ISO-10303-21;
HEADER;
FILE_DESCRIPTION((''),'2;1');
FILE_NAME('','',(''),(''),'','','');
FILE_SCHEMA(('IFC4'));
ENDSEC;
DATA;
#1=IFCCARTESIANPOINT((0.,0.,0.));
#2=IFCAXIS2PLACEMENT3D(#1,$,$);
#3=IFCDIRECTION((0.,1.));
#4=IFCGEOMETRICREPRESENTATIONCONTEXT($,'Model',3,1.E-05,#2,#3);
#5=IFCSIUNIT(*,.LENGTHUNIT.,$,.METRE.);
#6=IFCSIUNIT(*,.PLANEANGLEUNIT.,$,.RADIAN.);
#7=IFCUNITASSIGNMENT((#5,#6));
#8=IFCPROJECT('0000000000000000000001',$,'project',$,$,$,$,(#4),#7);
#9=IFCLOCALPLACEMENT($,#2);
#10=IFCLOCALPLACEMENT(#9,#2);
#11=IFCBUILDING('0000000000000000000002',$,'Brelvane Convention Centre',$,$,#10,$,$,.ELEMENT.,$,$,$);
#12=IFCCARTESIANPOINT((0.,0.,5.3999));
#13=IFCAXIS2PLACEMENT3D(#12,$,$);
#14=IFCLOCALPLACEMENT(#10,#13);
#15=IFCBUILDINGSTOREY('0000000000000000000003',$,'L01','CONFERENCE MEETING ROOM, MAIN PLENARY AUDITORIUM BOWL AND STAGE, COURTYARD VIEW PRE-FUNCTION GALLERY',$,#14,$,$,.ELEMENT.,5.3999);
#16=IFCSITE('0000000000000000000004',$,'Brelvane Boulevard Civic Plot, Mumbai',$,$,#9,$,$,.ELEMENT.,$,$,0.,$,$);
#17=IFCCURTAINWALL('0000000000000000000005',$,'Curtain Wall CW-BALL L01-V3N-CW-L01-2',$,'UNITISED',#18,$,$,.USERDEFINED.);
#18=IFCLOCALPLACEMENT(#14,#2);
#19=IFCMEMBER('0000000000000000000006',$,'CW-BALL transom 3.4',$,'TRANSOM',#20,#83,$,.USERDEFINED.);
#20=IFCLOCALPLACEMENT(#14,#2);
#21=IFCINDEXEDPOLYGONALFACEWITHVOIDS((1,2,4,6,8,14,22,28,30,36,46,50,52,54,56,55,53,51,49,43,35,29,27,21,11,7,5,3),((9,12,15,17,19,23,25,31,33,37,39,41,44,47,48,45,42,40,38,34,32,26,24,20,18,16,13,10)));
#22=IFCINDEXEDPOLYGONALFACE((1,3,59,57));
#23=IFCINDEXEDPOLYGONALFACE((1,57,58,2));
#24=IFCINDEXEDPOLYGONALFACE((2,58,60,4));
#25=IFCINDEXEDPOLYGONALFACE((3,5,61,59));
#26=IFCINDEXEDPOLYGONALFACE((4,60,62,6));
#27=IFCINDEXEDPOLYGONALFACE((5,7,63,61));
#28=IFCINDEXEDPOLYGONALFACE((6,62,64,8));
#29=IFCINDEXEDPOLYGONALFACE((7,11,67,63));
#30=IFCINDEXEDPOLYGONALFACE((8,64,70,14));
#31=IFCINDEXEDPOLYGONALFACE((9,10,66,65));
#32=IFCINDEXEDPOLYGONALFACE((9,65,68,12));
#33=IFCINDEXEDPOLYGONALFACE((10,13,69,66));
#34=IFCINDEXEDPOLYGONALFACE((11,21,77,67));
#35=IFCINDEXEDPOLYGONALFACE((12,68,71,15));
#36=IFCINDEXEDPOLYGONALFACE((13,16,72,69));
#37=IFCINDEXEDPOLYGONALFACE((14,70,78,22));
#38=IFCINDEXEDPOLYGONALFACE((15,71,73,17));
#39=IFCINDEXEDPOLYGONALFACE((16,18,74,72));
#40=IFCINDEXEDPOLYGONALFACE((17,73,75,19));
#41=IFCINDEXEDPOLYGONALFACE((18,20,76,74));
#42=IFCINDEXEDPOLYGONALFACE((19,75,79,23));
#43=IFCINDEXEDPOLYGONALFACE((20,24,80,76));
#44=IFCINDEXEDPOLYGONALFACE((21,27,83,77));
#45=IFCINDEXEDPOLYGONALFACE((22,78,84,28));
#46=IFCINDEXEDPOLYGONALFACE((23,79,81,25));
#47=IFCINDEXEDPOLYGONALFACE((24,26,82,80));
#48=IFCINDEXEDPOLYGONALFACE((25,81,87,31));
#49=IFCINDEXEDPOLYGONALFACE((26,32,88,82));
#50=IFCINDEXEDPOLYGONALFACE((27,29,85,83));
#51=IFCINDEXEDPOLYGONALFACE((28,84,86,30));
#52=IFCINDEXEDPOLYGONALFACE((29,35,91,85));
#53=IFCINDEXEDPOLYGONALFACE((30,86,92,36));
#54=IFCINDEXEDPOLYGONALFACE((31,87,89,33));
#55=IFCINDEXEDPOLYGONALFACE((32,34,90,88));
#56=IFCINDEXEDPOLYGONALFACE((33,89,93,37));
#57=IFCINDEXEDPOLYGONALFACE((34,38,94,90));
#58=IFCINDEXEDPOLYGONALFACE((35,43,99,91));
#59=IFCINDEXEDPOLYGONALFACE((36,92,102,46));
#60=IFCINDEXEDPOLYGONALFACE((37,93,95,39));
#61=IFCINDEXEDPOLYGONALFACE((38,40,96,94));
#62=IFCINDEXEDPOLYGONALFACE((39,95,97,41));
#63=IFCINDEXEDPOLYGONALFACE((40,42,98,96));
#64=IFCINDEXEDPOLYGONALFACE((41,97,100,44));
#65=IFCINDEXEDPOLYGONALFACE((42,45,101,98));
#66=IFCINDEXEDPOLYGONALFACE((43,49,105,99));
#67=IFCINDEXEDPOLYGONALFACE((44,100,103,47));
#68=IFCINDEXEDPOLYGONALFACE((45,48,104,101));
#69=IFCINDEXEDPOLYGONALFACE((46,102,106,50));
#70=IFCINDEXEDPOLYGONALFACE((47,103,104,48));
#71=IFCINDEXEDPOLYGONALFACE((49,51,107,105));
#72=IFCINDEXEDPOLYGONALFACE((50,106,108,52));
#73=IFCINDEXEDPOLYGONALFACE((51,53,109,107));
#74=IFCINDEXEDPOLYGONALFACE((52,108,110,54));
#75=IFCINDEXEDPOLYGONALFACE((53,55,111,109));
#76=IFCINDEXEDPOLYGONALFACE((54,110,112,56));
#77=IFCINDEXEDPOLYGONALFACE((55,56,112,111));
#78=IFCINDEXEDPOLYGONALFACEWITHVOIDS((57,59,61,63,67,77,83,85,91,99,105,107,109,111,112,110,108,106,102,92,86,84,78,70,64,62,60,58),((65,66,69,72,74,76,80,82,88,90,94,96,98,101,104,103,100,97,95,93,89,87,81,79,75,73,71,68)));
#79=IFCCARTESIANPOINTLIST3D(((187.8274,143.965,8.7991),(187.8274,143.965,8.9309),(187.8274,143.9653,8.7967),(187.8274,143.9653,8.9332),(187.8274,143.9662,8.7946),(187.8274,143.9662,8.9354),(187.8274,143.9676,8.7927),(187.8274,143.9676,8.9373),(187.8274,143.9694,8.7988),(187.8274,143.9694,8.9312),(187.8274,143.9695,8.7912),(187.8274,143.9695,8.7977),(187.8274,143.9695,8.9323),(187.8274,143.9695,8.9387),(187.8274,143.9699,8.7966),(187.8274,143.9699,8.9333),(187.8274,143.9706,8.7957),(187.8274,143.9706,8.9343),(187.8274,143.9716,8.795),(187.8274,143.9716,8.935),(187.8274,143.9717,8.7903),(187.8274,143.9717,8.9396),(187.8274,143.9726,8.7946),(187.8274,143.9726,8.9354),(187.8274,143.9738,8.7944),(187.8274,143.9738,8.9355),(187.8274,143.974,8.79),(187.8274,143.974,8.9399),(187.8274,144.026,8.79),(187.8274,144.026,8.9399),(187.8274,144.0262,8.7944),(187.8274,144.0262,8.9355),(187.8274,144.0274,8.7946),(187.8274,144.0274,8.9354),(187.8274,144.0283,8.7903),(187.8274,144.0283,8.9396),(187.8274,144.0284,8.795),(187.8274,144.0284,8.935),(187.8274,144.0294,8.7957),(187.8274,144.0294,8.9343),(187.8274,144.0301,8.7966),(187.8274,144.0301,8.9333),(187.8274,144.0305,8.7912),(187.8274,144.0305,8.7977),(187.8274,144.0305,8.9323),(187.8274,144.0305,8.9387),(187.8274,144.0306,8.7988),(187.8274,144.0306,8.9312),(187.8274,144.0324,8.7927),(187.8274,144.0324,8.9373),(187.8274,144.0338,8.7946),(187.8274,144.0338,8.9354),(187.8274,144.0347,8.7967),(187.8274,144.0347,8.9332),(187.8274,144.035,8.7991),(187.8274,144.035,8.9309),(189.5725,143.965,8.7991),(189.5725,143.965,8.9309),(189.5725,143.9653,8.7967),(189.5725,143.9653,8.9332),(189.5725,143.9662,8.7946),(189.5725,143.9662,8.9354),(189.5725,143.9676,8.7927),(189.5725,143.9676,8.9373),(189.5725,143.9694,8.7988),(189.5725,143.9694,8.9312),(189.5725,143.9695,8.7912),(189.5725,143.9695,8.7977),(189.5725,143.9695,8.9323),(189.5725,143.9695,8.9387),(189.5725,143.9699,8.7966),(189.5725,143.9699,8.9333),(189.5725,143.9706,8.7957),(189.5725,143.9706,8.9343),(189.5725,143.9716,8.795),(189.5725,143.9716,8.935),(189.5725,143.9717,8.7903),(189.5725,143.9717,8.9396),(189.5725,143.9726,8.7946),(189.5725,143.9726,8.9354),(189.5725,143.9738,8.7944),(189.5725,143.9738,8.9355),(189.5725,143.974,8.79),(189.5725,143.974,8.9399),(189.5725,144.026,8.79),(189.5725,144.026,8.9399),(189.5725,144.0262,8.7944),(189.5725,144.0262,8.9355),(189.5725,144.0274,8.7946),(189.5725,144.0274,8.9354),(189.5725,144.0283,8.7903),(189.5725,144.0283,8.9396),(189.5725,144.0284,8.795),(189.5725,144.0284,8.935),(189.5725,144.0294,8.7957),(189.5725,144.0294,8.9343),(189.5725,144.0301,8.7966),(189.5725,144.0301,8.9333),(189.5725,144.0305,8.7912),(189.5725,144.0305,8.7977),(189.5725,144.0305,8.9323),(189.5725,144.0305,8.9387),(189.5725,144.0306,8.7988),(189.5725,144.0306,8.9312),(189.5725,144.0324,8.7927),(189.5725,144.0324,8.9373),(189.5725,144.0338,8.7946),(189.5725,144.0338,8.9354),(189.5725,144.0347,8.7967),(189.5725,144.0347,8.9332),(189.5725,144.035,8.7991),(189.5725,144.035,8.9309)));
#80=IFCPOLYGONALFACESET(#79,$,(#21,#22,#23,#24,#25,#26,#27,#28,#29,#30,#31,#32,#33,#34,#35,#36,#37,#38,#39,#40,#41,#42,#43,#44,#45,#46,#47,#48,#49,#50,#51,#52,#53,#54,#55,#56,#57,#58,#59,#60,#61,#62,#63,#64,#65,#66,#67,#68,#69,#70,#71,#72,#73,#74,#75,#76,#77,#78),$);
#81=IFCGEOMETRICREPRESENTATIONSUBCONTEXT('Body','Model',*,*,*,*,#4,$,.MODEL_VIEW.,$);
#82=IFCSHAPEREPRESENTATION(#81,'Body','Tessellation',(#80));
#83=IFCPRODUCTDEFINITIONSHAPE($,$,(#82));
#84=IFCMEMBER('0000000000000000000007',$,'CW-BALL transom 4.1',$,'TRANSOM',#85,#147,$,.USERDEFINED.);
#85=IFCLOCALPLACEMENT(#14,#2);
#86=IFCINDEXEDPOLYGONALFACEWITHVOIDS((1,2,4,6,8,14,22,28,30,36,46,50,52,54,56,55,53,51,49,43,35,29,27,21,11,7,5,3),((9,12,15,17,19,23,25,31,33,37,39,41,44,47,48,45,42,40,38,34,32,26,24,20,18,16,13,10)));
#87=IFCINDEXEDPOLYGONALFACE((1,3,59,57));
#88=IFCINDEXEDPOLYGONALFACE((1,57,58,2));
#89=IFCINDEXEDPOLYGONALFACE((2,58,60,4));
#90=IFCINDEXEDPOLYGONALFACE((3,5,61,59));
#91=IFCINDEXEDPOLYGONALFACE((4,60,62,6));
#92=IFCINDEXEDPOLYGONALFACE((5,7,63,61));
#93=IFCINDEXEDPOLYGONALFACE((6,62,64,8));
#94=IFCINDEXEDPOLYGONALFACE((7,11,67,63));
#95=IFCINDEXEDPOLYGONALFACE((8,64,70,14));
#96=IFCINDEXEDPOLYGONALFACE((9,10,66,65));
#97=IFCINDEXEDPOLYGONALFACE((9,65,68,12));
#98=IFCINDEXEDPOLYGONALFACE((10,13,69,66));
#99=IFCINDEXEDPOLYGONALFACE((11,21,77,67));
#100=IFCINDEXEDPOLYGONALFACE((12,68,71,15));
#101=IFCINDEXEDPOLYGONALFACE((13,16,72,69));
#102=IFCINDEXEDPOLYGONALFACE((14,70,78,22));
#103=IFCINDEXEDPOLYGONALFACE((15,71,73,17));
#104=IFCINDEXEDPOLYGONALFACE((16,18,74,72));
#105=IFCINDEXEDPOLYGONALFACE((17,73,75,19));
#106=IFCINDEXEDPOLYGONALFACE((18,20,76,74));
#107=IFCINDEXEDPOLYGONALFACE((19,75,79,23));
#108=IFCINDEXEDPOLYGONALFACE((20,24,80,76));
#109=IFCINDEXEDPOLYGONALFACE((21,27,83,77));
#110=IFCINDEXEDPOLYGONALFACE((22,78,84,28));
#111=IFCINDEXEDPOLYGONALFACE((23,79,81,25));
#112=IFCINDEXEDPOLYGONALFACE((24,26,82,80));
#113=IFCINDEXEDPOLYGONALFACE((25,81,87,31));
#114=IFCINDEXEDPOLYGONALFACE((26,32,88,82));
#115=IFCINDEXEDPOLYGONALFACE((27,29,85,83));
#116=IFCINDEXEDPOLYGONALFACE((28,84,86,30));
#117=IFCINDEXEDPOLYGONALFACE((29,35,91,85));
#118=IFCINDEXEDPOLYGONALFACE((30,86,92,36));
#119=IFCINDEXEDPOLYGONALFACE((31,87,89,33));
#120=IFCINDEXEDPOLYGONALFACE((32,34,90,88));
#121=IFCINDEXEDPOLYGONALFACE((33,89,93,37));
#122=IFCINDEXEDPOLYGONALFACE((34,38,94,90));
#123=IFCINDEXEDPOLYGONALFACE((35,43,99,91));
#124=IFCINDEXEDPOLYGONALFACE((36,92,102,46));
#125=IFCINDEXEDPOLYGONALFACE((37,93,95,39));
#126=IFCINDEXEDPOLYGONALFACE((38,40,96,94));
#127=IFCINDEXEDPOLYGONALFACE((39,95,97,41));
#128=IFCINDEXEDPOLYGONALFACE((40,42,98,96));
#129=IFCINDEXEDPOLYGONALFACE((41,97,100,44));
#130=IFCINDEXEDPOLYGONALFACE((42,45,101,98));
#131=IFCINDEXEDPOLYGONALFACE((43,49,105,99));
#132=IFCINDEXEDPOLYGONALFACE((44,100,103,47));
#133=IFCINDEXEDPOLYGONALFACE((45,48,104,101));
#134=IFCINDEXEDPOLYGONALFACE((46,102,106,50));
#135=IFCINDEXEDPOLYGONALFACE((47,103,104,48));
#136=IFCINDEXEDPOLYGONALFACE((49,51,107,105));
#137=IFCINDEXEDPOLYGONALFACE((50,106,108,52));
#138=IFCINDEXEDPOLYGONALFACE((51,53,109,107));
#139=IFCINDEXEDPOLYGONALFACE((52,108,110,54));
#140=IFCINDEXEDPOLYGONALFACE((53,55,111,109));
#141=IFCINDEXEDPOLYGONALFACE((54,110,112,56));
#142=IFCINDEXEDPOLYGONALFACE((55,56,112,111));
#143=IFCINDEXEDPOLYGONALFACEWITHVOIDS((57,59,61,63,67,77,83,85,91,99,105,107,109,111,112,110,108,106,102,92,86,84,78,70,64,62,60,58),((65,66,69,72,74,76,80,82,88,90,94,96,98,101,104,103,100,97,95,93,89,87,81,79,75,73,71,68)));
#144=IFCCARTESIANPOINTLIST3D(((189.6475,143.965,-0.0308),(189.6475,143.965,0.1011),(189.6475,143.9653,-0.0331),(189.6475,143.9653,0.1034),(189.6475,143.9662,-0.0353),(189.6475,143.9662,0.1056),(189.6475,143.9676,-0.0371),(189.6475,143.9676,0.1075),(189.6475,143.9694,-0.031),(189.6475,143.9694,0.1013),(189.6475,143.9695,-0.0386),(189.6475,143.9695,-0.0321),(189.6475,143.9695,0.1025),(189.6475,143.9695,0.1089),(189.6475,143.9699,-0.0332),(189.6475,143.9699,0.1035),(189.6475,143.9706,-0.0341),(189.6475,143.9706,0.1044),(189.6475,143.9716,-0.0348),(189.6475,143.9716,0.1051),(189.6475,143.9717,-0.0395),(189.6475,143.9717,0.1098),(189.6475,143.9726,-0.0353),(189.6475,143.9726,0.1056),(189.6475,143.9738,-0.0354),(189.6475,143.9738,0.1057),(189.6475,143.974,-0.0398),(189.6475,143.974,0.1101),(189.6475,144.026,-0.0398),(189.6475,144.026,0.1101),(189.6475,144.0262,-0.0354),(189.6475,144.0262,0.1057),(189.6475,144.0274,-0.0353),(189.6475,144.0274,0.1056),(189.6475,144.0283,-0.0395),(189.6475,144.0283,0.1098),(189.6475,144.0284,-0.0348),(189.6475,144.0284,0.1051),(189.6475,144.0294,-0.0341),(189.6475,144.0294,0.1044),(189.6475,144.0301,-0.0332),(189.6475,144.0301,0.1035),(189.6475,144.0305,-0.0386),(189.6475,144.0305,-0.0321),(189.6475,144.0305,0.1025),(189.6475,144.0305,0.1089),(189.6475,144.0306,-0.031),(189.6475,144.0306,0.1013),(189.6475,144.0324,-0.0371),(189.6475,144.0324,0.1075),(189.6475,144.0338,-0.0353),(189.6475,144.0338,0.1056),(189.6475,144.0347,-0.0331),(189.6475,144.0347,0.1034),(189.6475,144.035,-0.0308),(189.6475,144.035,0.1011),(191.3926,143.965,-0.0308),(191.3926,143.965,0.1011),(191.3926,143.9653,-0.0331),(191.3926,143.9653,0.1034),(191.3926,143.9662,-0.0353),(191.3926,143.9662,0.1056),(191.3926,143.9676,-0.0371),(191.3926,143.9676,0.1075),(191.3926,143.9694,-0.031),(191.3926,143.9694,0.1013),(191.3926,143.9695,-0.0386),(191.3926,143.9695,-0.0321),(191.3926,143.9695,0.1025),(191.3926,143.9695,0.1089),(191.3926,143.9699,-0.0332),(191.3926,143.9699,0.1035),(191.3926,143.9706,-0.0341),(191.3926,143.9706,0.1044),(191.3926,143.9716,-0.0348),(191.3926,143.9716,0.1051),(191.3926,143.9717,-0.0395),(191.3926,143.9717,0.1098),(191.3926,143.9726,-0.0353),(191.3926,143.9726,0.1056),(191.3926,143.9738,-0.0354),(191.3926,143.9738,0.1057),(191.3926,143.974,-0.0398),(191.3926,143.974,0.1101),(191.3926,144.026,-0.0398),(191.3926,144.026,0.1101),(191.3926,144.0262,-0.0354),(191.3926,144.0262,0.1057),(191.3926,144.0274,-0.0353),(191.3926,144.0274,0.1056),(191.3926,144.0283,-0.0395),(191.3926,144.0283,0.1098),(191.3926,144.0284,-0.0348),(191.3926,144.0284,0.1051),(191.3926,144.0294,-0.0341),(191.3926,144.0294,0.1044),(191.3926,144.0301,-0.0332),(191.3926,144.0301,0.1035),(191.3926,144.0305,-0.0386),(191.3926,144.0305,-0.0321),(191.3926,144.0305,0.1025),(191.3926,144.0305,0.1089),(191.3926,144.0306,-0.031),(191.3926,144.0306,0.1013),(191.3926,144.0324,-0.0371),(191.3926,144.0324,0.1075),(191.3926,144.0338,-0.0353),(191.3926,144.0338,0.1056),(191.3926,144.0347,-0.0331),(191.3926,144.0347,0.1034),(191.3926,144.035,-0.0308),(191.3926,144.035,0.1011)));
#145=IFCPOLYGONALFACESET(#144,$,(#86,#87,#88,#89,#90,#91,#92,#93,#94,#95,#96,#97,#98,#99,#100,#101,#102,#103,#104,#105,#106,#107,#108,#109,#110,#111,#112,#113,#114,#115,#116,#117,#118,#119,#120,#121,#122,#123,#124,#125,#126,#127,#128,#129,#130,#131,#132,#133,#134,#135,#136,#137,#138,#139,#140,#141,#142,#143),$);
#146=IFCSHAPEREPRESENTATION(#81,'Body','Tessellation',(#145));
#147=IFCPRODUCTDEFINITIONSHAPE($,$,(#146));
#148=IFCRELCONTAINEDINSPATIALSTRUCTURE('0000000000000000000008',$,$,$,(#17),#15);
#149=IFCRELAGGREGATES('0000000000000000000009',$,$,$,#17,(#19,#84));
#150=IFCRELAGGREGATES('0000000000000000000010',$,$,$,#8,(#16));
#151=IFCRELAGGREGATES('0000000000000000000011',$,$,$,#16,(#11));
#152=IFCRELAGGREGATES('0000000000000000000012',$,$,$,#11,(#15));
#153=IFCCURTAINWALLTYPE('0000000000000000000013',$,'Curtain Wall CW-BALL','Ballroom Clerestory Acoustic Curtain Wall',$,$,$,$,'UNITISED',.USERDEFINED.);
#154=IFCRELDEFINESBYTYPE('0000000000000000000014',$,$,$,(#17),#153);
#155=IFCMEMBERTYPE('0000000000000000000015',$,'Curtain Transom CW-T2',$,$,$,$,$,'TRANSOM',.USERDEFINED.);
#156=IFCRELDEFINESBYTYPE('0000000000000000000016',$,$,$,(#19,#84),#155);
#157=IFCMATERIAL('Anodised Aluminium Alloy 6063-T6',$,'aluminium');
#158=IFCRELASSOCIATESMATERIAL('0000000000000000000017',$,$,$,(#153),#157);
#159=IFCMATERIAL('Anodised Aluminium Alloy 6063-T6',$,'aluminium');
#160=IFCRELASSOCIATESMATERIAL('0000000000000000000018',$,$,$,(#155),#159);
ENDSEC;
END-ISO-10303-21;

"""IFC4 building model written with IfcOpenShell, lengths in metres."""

from ifc_helpers import new_model, si_unit, direction, frame, origin, origin_2d, place, context, subcontext, project, spatial, hollow_rectangle, extrude, material, material_profile, profile_set, type_object, element, aggregate, save


model = new_model("IFC4")

# Units and contexts
model_context = context("Model", 3, precision=1e-05, world=origin(), true_north=direction((0.0, 1.0)))
body_context = subcontext(model_context, "Body", "Model", "MODEL_VIEW")
ifc_project = project(units=[si_unit("LENGTHUNIT", "METRE"), si_unit("PLANEANGLEUNIT", "RADIAN")], contexts=[model_context])

# Site, building, storey
site_placement = place(None, origin())
site = spatial("IfcSite", under=ifc_project, at=site_placement, Name="Brelvane Boulevard Civic Plot, Mumbai", CompositionType="ELEMENT", RefElevation=0.0)
building_placement = place(site_placement, origin())
building = spatial("IfcBuilding", under=site, at=building_placement, Name="Brelvane Convention Centre", CompositionType="ELEMENT")
storey_placement = place(building_placement, frame((0.0, 0.0, 5.3999)))
storey = spatial("IfcBuildingStorey", under=building, at=storey_placement, Name="L01", Description="CONFERENCE MEETING ROOM, MAIN PLENARY AUDITORIUM BOWL AND STAGE, COURTYARD VIEW PRE-FUNCTION GALLERY", CompositionType="ELEMENT", Elevation=5.3999)

# Curtain wall, members
ifc_material_1 = material(Name="Anodised Aluminium Alloy 6063-T6", Category="aluminium")
curtain_wall_type = type_object("IfcCurtainWallType", Name="Curtain Wall CW-BALL", Description="Ballroom Clerestory Acoustic Curtain Wall", ElementType="UNITISED", PredefinedType="USERDEFINED", material=ifc_material_1)
curtain_wall_placement = place(storey_placement, origin())
curtain_wall = element("IfcCurtainWall", 1, at=curtain_wall_placement, inside=storey, type_object=curtain_wall_type, Name="Curtain Wall CW-BALL L01-V3N-CW-L01-2", ObjectType="UNITISED", PredefinedType="USERDEFINED")
ifc_material_2 = material(Name="Anodised Aluminium Alloy 6063-T6", Category="aluminium")
ifc_material_profile_1 = material_profile(ifc_material_2, hollow_rectangle(XDim=0.0701, YDim=0.1499, WallThickness=0.0044, InnerFilletRadius=0.0044, OuterFilletRadius=0.009, at=origin_2d()), Name="ALU-T 150x70x4.5")
ifc_profile_set_1 = profile_set([ifc_material_profile_1], Name="Anodised Aluminium Alloy 6063-T6")
member_type_1 = type_object("IfcMemberType", Name="Curtain Transom CW-T2", ElementType="TRANSOM", PredefinedType="USERDEFINED", material=ifc_profile_set_1)
member_1_placement = place(storey_placement, frame((187.8274, 144.0, 8.865), z_axis=(1.0, 0.0, 0.0), x_axis=(0.0, 1.0, 0.0)))
member_1 = element("IfcMember", 2, at=member_1_placement, type_object=member_type_1, Name="CW-BALL transom 3.4", ObjectType="TRANSOM", PredefinedType="USERDEFINED", context=body_context, shape_type="SweptSolid", body=[
    extrude(hollow_rectangle(XDim=0.0701, YDim=0.1499, WallThickness=0.0044, InnerFilletRadius=0.0044, OuterFilletRadius=0.009, at=origin_2d()), origin(), (0.0, 0.0, 1.0), 1.7451),
])
member_2_placement = place(storey_placement, frame((189.6475, 144.0, 0.0352), z_axis=(1.0, 0.0, 0.0), x_axis=(0.0, 1.0, 0.0)))
member_2 = element("IfcMember", 3, at=member_2_placement, type_object=member_type_1, Name="CW-BALL transom 4.1", ObjectType="TRANSOM", PredefinedType="USERDEFINED", context=body_context, shape_type="SweptSolid", body=[
    extrude(hollow_rectangle(XDim=0.0701, YDim=0.1499, WallThickness=0.0044, InnerFilletRadius=0.0044, OuterFilletRadius=0.009, at=origin_2d()), origin(), (0.0, 0.0, 1.0), 1.7451),
])
aggregate(curtain_wall, [member_1, member_2])

save(model, "model.ifc")
